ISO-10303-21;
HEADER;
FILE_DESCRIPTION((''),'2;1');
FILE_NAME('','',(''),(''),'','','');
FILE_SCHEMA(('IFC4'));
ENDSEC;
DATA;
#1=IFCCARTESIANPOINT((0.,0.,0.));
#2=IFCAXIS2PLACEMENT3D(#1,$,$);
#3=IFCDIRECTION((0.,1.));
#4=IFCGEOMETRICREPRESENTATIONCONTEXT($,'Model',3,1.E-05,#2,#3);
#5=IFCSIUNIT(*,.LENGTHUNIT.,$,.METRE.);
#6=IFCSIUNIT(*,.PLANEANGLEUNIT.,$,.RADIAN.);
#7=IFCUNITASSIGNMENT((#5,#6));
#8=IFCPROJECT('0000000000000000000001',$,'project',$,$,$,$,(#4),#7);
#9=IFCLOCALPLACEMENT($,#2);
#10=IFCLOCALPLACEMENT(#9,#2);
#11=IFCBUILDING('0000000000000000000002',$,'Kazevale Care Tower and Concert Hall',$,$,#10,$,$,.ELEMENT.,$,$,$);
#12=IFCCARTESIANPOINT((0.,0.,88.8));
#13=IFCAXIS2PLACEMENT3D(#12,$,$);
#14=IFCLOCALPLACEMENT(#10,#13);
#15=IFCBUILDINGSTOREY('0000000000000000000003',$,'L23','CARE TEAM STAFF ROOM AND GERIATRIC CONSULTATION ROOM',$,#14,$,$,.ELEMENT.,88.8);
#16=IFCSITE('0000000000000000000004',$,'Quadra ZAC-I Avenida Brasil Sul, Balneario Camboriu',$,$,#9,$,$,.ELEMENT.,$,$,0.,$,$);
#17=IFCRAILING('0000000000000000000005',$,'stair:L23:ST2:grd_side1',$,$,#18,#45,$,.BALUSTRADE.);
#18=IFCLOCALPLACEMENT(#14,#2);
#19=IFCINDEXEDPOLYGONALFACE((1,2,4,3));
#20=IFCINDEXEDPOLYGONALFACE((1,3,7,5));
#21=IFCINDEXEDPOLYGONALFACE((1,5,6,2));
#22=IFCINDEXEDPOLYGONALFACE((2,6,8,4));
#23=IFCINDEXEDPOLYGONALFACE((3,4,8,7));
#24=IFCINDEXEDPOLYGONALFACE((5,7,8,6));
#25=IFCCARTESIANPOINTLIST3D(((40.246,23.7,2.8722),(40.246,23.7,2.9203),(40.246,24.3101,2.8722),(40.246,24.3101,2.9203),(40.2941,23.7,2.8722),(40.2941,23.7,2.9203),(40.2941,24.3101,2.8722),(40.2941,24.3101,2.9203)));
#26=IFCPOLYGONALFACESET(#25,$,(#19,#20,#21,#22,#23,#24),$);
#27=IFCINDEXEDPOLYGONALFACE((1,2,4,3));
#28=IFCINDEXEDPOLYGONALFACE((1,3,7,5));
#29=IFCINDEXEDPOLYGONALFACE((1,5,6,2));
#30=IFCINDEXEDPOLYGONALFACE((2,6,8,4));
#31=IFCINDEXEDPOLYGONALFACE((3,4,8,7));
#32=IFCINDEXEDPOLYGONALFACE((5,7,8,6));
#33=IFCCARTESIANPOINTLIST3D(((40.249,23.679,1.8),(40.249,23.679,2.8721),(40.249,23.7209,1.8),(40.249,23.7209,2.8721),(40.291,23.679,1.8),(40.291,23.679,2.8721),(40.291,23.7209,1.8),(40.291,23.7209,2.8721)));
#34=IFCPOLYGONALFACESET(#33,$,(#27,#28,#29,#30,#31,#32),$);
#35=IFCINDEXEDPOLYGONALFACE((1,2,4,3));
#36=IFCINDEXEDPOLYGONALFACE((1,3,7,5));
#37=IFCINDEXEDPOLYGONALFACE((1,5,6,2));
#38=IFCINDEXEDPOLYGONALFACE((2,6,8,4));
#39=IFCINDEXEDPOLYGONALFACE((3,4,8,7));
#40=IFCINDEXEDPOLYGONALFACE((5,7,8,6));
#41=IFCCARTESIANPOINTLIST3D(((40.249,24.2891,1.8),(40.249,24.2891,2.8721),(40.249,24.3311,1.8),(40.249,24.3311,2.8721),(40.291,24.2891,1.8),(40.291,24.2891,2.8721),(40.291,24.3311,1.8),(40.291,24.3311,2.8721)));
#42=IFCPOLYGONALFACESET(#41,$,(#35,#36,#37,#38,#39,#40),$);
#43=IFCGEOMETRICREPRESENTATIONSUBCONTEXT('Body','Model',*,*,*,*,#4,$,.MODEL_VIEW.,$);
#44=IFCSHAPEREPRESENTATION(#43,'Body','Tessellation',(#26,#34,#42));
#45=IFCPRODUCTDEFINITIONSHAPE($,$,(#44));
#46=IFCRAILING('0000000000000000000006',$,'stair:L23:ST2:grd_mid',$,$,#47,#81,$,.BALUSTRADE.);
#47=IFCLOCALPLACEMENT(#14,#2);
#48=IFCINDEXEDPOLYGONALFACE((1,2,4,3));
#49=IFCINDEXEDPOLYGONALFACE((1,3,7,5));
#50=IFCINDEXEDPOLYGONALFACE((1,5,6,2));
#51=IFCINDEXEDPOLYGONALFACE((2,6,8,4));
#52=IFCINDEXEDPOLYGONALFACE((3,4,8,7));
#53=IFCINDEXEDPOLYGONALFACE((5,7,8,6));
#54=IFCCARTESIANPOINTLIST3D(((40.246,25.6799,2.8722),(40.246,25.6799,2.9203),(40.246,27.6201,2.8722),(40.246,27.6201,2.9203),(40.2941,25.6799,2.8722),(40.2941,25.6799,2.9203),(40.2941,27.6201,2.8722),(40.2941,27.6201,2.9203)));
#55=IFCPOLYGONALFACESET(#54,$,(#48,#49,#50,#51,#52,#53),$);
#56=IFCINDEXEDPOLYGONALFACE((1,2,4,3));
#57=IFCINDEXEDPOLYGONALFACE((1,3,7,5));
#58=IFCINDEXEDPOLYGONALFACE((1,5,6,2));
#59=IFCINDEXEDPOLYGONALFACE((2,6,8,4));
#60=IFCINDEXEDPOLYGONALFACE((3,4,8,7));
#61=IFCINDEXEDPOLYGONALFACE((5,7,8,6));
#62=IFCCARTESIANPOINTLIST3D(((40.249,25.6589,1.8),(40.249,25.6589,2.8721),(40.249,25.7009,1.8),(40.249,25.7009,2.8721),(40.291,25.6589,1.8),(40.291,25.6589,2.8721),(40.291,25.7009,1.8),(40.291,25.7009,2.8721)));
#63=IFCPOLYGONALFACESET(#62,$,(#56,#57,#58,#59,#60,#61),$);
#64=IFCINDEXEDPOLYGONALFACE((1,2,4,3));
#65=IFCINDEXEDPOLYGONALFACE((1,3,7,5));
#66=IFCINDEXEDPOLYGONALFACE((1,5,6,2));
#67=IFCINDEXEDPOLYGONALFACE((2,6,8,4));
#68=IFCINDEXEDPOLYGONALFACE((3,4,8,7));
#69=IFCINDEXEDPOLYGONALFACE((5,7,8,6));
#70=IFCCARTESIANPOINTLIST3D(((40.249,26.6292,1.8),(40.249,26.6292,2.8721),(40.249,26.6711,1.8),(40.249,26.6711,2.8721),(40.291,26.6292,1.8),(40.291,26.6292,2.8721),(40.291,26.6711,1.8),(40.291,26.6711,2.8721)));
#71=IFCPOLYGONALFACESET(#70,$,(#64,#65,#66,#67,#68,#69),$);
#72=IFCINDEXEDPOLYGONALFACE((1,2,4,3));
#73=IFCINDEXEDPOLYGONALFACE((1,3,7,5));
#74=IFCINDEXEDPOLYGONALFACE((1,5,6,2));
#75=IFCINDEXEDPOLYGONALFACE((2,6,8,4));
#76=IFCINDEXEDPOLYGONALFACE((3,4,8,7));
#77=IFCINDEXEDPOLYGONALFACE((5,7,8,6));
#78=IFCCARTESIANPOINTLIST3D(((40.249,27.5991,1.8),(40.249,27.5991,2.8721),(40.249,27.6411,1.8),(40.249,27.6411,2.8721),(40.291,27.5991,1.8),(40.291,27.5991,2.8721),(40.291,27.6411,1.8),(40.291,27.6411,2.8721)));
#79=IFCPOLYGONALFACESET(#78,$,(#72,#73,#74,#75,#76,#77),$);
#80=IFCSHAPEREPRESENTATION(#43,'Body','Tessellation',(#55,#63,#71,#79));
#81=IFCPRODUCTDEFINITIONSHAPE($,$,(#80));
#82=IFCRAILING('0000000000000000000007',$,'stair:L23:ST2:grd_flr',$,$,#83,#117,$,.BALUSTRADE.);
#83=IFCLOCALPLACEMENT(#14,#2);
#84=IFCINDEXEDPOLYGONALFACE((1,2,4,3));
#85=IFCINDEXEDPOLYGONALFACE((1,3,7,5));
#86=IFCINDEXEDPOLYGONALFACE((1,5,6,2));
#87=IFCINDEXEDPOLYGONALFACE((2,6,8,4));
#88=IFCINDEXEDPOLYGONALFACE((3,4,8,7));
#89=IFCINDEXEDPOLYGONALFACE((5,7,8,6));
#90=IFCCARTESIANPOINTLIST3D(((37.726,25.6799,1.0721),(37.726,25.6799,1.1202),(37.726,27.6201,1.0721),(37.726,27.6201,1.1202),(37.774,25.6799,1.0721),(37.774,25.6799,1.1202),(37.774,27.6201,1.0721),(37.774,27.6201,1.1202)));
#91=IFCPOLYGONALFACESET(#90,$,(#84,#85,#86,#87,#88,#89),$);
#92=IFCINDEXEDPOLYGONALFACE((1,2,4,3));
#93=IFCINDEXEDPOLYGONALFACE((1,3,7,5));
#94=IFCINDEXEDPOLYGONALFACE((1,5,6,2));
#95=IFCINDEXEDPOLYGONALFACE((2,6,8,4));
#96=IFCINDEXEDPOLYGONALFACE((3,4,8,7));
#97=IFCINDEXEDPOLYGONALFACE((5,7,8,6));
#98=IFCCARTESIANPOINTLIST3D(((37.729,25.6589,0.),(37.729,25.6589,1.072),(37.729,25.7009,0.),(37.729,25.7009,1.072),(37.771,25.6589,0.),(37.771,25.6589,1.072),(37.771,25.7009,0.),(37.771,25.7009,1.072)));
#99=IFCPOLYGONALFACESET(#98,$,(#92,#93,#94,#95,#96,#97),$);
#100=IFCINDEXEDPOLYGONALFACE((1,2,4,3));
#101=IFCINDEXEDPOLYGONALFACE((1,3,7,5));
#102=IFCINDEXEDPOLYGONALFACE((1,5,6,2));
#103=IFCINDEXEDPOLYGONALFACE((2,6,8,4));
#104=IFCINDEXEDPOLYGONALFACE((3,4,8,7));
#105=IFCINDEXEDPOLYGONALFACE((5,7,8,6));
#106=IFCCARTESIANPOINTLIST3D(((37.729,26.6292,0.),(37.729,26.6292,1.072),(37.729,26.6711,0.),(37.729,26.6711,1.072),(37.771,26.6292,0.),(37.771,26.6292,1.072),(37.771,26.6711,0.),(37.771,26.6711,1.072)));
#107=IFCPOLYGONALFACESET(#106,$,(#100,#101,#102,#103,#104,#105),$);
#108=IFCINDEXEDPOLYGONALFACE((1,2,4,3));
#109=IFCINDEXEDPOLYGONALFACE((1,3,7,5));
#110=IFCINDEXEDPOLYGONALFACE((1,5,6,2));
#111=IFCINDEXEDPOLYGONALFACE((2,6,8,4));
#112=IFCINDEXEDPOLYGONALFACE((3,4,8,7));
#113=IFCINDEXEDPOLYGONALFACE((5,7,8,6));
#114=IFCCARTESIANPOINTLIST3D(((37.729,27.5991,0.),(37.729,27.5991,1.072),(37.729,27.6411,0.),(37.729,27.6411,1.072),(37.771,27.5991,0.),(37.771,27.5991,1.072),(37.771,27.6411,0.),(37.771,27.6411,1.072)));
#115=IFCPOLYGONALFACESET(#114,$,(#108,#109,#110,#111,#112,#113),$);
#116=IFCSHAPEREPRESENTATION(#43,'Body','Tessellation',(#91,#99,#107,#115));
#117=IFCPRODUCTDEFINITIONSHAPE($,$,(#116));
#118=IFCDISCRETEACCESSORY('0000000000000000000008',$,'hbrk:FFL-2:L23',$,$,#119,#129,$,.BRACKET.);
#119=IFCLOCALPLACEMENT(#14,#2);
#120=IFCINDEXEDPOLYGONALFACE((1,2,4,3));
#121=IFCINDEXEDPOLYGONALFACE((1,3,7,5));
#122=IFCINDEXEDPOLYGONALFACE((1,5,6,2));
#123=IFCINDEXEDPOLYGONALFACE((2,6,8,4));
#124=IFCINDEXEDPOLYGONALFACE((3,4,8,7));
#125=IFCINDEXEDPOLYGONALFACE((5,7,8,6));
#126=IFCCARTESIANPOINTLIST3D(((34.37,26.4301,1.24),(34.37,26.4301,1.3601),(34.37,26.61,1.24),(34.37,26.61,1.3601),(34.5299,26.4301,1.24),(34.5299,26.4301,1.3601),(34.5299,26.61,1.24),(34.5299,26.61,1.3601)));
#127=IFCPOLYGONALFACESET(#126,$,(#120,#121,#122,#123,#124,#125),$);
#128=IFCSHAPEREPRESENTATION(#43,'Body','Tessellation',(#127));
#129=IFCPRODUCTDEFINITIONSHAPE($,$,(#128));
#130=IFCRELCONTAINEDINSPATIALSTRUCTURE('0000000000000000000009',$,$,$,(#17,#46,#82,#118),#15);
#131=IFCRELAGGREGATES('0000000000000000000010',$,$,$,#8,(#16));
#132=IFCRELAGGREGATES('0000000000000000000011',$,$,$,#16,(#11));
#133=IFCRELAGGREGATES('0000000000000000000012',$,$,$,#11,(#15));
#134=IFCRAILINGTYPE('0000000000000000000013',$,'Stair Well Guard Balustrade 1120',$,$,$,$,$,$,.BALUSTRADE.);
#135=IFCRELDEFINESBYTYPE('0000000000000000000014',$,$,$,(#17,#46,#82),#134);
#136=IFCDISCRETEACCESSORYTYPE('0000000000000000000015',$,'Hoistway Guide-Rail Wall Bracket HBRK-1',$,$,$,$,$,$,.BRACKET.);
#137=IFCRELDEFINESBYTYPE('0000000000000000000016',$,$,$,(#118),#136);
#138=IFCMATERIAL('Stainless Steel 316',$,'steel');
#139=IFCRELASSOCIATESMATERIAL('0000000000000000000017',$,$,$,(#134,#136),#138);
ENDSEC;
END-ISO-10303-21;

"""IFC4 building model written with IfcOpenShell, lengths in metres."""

from ifc_helpers import new_model, si_unit, direction, frame, origin, origin_2d, place, context, subcontext, project, spatial, rectangle, extrude, material, type_object, element, save


model = new_model("IFC4")

# Units and contexts
model_context = context("Model", 3, precision=1e-05, world=origin(), true_north=direction((0.0, 1.0)))
body_context = subcontext(model_context, "Body", "Model", "MODEL_VIEW")
ifc_project = project(units=[si_unit("LENGTHUNIT", "METRE"), si_unit("PLANEANGLEUNIT", "RADIAN")], contexts=[model_context])

# Site, building, storey
site_placement = place(None, origin())
site = spatial("IfcSite", under=ifc_project, at=site_placement, Name="Quadra ZAC-I Avenida Brasil Sul, Balneario Camboriu", CompositionType="ELEMENT", RefElevation=0.0)
building_placement = place(site_placement, origin())
building = spatial("IfcBuilding", under=site, at=building_placement, Name="Kazevale Care Tower and Concert Hall", CompositionType="ELEMENT")
storey_placement = place(building_placement, frame((0.0, 0.0, 88.8)))
storey = spatial("IfcBuildingStorey", under=building, at=storey_placement, Name="L23", Description="CARE TEAM STAFF ROOM AND GERIATRIC CONSULTATION ROOM", CompositionType="ELEMENT", Elevation=88.8)

# Railings
ifc_material_1 = material(Name="Stainless Steel 316", Category="steel")
railing_type_1 = type_object("IfcRailingType", Name="Stair Well Guard Balustrade 1120", PredefinedType="BALUSTRADE", material=ifc_material_1)
railing_1_placement = place(storey_placement, frame((40.27, 23.7, 1.8)))
element("IfcRailing", 1, at=railing_1_placement, inside=storey, type_object=railing_type_1, Name="stair:L23:ST2:grd_side1", PredefinedType="BALUSTRADE", context=body_context, shape_type="SweptSolid", body=[
    extrude(rectangle(XDim=0.0481, YDim=0.0481, at=origin_2d()), frame((0.0, 0.0, 1.0962), z_axis=(0.0, 1.0, 0.0), x_axis=(-1.0, 0.0, 0.0)), (0.0, 0.0, 1.0), 0.6101),
    extrude(rectangle(XDim=0.042, YDim=0.042, at=origin_2d()), origin(), (0.0, 0.0, 1.0), 1.072),
    extrude(rectangle(XDim=0.042, YDim=0.042, at=origin_2d()), frame((0.0, 0.6101, 0.0)), (0.0, 0.0, 1.0), 1.072),
])
for number, where, name in (
    (2, (40.27, 25.6799, 1.8), "stair:L23:ST2:grd_mid"),
    (3, (37.75, 25.6799, 0.0), "stair:L23:ST2:grd_flr"),
):
    element("IfcRailing", number, at=place(storey_placement, frame(where)), inside=storey, type_object=railing_type_1, Name=name, PredefinedType="BALUSTRADE", context=body_context, shape_type="SweptSolid", body=[
        extrude(rectangle(XDim=0.0481, YDim=0.0481, at=origin_2d()), frame((0.0, 0.0, 1.0962), z_axis=(0.0, 1.0, 0.0), x_axis=(-1.0, 0.0, 0.0)), (0.0, 0.0, 1.0), 1.9402),
        extrude(rectangle(XDim=0.042, YDim=0.042, at=origin_2d()), origin(), (0.0, 0.0, 1.0), 1.072),
        extrude(rectangle(XDim=0.042, YDim=0.042, at=origin_2d()), frame((0.0, 0.9702, 0.0)), (0.0, 0.0, 1.0), 1.072),
        extrude(rectangle(XDim=0.042, YDim=0.042, at=origin_2d()), frame((0.0, 1.9402, 0.0)), (0.0, 0.0, 1.0), 1.072),
    ])

# Discrete accessory
discrete_accessory_type = type_object("IfcDiscreteAccessoryType", Name="Hoistway Guide-Rail Wall Bracket HBRK-1", PredefinedType="BRACKET", material=ifc_material_1)
discrete_accessory_placement = place(storey_placement, frame((34.45, 26.52, 1.24), z_axis=(0.0, 0.0, 1.0), x_axis=(1.0, 0.0, 0.0)))
element("IfcDiscreteAccessory", 4, at=discrete_accessory_placement, inside=storey, type_object=discrete_accessory_type, Name="hbrk:FFL-2:L23", PredefinedType="BRACKET", context=body_context, shape_type="SweptSolid", body=[
    extrude(rectangle(XDim=0.1599, YDim=0.1799, at=origin_2d()), origin(), (0.0, 0.0, 1.0), 0.1201),
])

save(model, "model.ifc")
